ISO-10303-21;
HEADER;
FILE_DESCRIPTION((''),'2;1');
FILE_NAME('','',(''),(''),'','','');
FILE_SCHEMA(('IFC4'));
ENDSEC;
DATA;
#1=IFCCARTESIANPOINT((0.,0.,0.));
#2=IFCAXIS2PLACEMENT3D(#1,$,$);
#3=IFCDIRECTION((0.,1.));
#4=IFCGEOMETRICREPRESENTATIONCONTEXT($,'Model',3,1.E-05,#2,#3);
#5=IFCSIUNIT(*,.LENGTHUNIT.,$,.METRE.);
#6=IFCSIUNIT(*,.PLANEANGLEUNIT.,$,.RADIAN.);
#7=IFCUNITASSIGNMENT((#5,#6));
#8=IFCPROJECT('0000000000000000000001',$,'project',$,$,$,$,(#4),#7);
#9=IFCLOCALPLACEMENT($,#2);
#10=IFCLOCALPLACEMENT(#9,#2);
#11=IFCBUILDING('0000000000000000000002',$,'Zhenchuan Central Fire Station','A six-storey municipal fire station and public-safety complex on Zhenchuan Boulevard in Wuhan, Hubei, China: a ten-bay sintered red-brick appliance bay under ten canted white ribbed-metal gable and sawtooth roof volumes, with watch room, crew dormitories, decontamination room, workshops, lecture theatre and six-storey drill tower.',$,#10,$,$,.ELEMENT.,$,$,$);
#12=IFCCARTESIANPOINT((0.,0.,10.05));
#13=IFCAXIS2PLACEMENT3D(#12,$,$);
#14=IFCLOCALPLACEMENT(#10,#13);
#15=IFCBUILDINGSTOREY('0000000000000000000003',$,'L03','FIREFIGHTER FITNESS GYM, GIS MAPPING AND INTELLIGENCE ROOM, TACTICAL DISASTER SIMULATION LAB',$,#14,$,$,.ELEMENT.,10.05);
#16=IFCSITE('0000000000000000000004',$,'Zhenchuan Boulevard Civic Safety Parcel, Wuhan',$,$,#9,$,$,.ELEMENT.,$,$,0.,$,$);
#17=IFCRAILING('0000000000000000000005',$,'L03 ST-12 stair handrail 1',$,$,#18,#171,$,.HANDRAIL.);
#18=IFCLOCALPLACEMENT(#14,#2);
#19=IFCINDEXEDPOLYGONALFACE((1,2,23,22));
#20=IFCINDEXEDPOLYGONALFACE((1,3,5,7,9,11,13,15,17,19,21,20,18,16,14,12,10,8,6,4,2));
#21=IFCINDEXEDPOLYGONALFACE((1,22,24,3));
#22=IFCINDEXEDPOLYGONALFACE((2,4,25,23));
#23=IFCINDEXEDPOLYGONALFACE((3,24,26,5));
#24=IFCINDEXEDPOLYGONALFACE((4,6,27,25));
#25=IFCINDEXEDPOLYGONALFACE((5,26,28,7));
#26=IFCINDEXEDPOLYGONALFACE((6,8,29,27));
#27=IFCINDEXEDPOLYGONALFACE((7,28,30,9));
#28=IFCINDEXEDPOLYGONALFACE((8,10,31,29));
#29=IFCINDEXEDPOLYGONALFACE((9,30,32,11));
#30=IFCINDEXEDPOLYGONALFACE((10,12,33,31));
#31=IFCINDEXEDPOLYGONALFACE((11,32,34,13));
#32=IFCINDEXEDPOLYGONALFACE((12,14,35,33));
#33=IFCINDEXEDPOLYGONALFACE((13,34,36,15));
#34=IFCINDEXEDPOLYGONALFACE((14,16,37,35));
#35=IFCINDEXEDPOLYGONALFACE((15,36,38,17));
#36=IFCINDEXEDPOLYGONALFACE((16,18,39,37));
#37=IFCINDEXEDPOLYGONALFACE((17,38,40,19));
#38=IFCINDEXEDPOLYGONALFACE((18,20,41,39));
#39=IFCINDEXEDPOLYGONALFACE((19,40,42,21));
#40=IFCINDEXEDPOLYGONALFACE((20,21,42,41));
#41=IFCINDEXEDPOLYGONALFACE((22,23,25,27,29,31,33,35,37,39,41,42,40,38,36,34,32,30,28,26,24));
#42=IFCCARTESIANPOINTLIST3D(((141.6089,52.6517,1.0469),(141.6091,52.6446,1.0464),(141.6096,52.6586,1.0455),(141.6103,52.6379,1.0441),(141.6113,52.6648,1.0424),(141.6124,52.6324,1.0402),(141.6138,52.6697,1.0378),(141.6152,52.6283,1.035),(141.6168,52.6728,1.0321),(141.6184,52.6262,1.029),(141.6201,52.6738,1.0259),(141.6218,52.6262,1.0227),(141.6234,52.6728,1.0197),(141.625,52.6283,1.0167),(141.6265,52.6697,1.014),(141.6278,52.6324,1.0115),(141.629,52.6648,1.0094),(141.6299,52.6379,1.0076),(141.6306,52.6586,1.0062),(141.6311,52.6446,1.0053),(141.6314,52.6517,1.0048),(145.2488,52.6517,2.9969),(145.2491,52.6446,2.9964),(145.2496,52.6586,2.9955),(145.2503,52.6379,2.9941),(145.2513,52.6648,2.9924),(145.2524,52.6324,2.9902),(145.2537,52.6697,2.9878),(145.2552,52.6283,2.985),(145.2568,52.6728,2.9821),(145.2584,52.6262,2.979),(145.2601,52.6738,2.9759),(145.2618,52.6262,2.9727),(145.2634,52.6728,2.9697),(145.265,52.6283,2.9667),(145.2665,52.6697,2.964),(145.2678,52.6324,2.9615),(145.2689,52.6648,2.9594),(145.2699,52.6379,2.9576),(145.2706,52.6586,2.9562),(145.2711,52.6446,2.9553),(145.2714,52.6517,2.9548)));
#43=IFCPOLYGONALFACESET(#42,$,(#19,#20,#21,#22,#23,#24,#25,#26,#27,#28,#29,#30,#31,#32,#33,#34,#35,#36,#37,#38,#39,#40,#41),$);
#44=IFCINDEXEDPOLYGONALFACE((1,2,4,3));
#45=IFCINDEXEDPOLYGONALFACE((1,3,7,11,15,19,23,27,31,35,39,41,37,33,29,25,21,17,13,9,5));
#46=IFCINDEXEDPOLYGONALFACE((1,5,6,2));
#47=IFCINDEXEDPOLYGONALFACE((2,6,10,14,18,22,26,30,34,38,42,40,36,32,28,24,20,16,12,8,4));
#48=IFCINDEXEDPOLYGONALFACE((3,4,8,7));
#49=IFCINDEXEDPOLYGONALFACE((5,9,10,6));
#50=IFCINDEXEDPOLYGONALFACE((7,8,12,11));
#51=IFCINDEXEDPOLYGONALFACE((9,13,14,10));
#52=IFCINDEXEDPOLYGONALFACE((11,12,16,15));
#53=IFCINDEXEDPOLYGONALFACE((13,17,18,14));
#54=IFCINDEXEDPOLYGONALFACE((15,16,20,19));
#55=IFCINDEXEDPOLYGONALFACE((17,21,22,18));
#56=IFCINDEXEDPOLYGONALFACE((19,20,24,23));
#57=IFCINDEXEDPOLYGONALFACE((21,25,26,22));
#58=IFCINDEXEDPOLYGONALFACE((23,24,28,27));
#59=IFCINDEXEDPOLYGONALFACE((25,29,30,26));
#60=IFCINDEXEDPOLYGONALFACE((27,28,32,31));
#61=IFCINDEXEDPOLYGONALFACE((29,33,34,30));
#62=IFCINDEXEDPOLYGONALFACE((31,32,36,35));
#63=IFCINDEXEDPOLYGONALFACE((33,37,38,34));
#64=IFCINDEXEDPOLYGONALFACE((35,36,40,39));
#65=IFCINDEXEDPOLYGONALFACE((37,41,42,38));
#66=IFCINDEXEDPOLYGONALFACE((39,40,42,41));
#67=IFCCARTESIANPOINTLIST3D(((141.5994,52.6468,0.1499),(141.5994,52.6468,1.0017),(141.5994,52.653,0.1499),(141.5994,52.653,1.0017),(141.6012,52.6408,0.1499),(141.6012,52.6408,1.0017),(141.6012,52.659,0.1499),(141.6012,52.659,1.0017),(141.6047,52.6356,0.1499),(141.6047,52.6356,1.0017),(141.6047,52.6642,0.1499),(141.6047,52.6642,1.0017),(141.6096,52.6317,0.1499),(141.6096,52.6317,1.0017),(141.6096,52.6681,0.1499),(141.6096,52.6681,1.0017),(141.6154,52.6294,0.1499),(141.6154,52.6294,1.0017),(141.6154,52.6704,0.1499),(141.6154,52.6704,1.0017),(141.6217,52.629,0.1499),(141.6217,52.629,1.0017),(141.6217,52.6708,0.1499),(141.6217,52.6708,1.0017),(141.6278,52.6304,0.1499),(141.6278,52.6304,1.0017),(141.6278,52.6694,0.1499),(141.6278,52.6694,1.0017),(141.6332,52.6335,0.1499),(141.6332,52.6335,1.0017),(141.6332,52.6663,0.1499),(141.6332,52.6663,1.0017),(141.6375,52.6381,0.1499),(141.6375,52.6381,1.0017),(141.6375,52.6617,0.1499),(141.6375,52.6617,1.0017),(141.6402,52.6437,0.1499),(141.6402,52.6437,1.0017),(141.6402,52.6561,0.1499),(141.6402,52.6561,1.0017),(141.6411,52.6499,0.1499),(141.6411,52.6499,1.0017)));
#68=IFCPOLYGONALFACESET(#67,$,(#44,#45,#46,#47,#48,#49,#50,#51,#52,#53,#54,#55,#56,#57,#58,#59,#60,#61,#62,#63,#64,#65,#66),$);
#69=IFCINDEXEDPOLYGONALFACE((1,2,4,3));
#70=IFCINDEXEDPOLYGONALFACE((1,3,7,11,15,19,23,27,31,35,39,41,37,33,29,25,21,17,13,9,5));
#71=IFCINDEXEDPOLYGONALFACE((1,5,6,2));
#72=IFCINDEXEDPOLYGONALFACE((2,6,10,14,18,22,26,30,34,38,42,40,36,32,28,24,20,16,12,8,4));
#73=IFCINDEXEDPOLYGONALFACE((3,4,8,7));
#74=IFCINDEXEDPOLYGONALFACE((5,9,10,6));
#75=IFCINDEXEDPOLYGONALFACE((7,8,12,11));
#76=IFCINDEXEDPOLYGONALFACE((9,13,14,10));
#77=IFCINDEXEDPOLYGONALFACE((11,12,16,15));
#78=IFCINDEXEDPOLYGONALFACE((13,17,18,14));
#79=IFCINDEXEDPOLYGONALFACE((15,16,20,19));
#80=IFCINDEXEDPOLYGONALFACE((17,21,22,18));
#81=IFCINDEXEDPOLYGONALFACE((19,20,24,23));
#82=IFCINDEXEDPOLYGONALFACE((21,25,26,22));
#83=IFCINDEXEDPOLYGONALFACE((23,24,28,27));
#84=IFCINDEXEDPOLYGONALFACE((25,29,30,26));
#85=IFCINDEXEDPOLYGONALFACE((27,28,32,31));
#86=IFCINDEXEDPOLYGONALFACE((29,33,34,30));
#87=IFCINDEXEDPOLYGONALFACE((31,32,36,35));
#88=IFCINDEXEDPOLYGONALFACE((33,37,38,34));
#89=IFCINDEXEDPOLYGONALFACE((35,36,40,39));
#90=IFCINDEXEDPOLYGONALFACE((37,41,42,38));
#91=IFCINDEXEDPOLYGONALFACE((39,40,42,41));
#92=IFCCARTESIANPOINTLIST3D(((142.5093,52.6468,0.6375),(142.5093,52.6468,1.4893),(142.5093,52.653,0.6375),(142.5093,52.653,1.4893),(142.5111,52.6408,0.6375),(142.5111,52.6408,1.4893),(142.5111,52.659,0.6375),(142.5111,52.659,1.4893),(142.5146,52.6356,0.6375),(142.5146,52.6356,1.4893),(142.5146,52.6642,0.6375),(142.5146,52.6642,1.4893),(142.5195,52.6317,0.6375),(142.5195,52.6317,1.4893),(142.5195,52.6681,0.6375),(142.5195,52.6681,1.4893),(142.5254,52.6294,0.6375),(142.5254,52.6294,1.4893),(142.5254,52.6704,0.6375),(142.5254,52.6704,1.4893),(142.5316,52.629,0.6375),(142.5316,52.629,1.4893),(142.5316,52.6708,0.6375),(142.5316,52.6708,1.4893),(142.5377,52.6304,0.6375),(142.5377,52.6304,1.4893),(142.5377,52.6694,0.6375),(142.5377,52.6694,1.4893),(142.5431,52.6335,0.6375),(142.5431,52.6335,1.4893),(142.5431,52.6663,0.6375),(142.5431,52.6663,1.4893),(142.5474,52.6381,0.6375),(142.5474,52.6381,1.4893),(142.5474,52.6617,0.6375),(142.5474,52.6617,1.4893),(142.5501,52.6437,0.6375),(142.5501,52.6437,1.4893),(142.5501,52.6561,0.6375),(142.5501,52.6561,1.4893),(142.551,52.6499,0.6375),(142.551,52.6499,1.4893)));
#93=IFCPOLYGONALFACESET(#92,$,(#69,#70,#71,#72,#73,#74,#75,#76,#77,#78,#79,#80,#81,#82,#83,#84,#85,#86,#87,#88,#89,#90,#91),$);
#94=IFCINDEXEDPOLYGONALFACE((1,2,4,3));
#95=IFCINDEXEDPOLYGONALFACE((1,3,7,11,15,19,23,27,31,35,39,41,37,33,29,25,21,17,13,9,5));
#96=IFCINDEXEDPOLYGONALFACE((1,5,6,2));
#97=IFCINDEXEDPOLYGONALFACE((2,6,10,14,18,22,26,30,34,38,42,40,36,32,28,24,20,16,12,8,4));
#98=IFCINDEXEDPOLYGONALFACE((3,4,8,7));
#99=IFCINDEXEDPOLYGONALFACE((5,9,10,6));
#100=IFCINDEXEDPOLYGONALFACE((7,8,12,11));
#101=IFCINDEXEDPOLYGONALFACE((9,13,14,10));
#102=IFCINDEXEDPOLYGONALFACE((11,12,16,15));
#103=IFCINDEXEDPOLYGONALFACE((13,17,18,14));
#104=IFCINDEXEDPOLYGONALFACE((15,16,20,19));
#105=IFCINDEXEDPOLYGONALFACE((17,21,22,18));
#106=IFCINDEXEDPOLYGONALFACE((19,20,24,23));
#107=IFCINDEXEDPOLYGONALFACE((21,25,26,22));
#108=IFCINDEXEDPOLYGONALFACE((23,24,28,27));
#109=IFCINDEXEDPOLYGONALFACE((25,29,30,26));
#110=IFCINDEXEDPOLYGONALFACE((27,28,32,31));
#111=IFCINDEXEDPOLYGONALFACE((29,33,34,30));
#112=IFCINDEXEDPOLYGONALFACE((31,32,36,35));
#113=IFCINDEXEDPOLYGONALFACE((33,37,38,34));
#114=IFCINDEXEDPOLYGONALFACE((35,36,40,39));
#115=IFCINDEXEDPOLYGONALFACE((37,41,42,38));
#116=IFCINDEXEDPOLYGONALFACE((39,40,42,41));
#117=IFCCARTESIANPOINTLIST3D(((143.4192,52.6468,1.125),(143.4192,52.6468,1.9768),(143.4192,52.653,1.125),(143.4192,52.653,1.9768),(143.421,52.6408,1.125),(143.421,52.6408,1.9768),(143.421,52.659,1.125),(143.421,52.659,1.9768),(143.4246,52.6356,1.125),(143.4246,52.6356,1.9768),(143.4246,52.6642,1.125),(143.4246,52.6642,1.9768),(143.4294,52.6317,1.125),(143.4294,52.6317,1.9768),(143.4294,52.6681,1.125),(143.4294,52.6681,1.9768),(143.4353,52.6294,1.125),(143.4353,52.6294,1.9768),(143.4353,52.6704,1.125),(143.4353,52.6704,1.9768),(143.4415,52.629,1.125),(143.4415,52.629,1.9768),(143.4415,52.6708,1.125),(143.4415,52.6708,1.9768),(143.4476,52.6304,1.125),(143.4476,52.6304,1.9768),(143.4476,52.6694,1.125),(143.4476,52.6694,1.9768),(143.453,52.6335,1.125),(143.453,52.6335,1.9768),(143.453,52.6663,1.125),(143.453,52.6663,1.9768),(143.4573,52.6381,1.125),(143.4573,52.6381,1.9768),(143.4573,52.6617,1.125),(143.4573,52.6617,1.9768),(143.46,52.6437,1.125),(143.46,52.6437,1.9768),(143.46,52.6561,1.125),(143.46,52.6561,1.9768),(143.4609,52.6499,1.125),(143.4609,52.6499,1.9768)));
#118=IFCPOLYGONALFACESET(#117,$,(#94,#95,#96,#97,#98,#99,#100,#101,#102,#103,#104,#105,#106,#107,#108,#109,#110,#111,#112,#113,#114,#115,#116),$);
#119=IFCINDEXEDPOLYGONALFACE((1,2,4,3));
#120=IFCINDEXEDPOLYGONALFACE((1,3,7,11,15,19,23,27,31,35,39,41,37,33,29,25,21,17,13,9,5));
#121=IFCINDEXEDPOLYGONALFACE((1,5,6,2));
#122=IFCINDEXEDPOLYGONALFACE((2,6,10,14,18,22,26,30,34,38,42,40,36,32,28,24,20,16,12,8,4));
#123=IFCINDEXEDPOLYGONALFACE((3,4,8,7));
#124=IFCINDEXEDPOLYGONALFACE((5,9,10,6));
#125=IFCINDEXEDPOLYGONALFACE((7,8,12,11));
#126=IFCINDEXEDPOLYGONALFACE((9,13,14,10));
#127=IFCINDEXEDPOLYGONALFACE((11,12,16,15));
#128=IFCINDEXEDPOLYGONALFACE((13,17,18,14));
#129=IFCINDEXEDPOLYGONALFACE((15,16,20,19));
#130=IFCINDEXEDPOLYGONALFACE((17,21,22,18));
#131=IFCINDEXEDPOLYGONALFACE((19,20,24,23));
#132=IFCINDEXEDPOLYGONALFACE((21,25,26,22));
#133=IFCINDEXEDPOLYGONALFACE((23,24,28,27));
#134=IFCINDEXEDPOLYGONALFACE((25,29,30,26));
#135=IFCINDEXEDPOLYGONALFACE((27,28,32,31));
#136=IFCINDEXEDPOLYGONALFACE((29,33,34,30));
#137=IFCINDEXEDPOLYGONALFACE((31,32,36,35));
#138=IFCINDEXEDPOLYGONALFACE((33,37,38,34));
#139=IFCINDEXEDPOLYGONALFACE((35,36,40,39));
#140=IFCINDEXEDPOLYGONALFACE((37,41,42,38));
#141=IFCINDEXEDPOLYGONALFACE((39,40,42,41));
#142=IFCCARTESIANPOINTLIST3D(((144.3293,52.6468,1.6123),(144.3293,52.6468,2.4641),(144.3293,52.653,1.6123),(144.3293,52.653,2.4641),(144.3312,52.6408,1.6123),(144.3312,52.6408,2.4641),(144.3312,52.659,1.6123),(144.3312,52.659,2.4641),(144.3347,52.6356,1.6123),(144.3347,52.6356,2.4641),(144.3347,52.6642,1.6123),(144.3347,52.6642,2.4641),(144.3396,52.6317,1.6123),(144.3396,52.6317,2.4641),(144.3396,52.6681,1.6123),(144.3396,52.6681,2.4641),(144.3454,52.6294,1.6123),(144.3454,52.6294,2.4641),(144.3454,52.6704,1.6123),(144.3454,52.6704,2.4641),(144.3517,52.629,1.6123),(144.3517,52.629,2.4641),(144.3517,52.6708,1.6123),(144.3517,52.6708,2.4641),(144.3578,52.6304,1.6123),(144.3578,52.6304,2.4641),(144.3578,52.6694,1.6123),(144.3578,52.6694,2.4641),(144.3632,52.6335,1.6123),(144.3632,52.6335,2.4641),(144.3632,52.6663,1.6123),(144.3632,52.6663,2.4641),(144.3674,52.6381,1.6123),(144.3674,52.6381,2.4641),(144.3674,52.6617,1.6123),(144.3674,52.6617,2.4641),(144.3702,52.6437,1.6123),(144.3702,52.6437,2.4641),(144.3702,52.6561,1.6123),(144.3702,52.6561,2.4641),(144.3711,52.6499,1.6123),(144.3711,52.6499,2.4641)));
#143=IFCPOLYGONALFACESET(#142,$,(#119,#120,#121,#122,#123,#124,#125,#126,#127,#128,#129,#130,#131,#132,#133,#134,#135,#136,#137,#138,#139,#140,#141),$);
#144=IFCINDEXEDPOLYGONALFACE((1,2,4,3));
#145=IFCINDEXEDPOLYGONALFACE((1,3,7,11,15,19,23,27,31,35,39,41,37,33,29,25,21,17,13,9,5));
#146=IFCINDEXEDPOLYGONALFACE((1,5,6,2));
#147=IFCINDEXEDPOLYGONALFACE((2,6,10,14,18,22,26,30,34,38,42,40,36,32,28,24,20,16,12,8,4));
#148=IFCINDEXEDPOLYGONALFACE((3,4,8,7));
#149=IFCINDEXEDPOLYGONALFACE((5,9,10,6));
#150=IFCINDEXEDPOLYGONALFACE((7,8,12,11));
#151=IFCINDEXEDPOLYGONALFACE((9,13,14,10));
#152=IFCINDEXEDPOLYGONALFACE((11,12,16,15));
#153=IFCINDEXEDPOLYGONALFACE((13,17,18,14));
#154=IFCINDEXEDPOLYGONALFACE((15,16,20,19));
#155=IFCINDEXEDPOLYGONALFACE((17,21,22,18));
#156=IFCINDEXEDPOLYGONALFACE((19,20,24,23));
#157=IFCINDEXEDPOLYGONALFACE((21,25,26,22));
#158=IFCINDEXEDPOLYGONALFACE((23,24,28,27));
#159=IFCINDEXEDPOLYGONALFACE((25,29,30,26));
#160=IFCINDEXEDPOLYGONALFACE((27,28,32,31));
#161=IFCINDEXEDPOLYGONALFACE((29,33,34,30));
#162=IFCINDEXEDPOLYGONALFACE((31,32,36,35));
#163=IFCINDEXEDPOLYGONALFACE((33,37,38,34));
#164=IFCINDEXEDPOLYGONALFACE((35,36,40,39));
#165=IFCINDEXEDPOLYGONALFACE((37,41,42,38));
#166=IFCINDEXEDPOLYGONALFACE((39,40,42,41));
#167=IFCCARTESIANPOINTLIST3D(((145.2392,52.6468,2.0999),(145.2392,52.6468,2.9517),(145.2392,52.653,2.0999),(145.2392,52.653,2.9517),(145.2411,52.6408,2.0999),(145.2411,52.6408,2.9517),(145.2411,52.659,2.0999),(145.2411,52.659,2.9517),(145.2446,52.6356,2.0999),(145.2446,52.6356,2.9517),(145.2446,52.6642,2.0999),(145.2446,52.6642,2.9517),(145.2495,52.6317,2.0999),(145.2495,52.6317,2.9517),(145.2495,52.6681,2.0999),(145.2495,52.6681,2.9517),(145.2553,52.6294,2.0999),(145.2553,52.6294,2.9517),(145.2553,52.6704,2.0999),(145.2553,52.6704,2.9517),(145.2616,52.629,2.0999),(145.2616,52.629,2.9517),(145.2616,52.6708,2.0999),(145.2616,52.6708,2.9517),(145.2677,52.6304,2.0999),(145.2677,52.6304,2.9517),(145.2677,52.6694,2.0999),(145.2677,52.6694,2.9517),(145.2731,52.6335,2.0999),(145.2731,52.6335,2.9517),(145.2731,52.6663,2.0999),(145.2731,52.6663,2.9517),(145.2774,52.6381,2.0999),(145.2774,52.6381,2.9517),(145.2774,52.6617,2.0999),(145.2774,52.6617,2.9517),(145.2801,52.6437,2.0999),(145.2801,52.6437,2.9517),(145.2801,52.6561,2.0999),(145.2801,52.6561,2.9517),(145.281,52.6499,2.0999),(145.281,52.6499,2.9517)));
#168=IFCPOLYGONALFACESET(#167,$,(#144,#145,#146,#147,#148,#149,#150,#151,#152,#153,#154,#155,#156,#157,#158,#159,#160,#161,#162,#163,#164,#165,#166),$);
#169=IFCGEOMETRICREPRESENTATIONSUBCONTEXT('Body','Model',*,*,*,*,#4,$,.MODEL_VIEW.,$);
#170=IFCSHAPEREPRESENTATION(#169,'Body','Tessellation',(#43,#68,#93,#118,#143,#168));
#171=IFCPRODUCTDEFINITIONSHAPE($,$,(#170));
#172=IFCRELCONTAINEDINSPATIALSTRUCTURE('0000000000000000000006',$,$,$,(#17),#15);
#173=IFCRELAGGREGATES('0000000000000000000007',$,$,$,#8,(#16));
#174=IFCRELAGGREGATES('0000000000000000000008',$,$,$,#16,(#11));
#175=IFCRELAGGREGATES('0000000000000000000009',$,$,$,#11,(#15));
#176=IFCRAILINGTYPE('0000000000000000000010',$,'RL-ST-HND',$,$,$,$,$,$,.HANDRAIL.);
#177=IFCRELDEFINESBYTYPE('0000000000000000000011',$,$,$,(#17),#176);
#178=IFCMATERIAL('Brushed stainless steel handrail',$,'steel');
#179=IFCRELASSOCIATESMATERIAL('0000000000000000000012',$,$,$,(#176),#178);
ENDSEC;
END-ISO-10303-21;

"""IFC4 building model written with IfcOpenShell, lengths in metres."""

from ifc_helpers import new_model, si_unit, direction, frame, origin, origin_2d, place, context, subcontext, project, spatial, circle, extrude, material, type_object, element, save


model = new_model("IFC4")

# Units and contexts
model_context = context("Model", 3, precision=1e-05, world=origin(), true_north=direction((0.0, 1.0)))
body_context = subcontext(model_context, "Body", "Model", "MODEL_VIEW")
ifc_project = project(units=[si_unit("LENGTHUNIT", "METRE"), si_unit("PLANEANGLEUNIT", "RADIAN")], contexts=[model_context])

# Site, building, storey
site_placement = place(None, origin())
site = spatial("IfcSite", under=ifc_project, at=site_placement, Name="Zhenchuan Boulevard Civic Safety Parcel, Wuhan", CompositionType="ELEMENT", RefElevation=0.0)
building_placement = place(site_placement, origin())
building = spatial("IfcBuilding", under=site, at=building_placement, Name="Zhenchuan Central Fire Station", Description="A six-storey municipal fire station and public-safety complex on Zhenchuan Boulevard in Wuhan, Hubei, China: a ten-bay sintered red-brick appliance bay under ten canted white ribbed-metal gable and sawtooth roof volumes, with watch room, crew dormitories, decontamination room, workshops, lecture theatre and six-storey drill tower.", CompositionType="ELEMENT")
storey_placement = place(building_placement, frame((0.0, 0.0, 10.05)))
storey = spatial("IfcBuildingStorey", under=building, at=storey_placement, Name="L03", Description="FIREFIGHTER FITNESS GYM, GIS MAPPING AND INTELLIGENCE ROOM, TACTICAL DISASTER SIMULATION LAB", CompositionType="ELEMENT", Elevation=10.05)

# Railing
ifc_material_1 = material(Name="Brushed stainless steel handrail", Category="steel")
railing_type_1 = type_object("IfcRailingType", Name="RL-ST-HND", PredefinedType="HANDRAIL", material=ifc_material_1)
railing_1_placement = place(storey_placement, frame((141.6201, 52.6499, 0.1499)))
element("IfcRailing", 1, at=railing_1_placement, inside=storey, type_object=railing_type_1, Name="L03 ST-12 stair handrail 1", PredefinedType="HANDRAIL", context=body_context, shape_type="SweptSolid", body=[
    extrude(circle(Radius=0.0239, at=origin_2d()), frame((0.0, 0.0, 0.876), z_axis=(0.881479, 0.0, 0.472223), x_axis=(0.0, 1.0, 0.0)), (0.0, 0.0, 1.0), 4.1294),
    extrude(circle(Radius=0.021, at=origin_2d()), origin(), (0.0, 0.0, 1.0), 0.8518),
    extrude(circle(Radius=0.021, at=origin_2d()), frame((0.9099, 0.0, 0.4875)), (0.0, 0.0, 1.0), 0.8518),
    extrude(circle(Radius=0.021, at=origin_2d()), frame((1.8198, 0.0, 0.9751)), (0.0, 0.0, 1.0), 0.8518),
    extrude(circle(Radius=0.021, at=origin_2d()), frame((2.73, 0.0, 1.4624)), (0.0, 0.0, 1.0), 0.8518),
    extrude(circle(Radius=0.021, at=origin_2d()), frame((3.6399, 0.0, 1.95)), (0.0, 0.0, 1.0), 0.8518),
])

save(model, "model.ifc")
